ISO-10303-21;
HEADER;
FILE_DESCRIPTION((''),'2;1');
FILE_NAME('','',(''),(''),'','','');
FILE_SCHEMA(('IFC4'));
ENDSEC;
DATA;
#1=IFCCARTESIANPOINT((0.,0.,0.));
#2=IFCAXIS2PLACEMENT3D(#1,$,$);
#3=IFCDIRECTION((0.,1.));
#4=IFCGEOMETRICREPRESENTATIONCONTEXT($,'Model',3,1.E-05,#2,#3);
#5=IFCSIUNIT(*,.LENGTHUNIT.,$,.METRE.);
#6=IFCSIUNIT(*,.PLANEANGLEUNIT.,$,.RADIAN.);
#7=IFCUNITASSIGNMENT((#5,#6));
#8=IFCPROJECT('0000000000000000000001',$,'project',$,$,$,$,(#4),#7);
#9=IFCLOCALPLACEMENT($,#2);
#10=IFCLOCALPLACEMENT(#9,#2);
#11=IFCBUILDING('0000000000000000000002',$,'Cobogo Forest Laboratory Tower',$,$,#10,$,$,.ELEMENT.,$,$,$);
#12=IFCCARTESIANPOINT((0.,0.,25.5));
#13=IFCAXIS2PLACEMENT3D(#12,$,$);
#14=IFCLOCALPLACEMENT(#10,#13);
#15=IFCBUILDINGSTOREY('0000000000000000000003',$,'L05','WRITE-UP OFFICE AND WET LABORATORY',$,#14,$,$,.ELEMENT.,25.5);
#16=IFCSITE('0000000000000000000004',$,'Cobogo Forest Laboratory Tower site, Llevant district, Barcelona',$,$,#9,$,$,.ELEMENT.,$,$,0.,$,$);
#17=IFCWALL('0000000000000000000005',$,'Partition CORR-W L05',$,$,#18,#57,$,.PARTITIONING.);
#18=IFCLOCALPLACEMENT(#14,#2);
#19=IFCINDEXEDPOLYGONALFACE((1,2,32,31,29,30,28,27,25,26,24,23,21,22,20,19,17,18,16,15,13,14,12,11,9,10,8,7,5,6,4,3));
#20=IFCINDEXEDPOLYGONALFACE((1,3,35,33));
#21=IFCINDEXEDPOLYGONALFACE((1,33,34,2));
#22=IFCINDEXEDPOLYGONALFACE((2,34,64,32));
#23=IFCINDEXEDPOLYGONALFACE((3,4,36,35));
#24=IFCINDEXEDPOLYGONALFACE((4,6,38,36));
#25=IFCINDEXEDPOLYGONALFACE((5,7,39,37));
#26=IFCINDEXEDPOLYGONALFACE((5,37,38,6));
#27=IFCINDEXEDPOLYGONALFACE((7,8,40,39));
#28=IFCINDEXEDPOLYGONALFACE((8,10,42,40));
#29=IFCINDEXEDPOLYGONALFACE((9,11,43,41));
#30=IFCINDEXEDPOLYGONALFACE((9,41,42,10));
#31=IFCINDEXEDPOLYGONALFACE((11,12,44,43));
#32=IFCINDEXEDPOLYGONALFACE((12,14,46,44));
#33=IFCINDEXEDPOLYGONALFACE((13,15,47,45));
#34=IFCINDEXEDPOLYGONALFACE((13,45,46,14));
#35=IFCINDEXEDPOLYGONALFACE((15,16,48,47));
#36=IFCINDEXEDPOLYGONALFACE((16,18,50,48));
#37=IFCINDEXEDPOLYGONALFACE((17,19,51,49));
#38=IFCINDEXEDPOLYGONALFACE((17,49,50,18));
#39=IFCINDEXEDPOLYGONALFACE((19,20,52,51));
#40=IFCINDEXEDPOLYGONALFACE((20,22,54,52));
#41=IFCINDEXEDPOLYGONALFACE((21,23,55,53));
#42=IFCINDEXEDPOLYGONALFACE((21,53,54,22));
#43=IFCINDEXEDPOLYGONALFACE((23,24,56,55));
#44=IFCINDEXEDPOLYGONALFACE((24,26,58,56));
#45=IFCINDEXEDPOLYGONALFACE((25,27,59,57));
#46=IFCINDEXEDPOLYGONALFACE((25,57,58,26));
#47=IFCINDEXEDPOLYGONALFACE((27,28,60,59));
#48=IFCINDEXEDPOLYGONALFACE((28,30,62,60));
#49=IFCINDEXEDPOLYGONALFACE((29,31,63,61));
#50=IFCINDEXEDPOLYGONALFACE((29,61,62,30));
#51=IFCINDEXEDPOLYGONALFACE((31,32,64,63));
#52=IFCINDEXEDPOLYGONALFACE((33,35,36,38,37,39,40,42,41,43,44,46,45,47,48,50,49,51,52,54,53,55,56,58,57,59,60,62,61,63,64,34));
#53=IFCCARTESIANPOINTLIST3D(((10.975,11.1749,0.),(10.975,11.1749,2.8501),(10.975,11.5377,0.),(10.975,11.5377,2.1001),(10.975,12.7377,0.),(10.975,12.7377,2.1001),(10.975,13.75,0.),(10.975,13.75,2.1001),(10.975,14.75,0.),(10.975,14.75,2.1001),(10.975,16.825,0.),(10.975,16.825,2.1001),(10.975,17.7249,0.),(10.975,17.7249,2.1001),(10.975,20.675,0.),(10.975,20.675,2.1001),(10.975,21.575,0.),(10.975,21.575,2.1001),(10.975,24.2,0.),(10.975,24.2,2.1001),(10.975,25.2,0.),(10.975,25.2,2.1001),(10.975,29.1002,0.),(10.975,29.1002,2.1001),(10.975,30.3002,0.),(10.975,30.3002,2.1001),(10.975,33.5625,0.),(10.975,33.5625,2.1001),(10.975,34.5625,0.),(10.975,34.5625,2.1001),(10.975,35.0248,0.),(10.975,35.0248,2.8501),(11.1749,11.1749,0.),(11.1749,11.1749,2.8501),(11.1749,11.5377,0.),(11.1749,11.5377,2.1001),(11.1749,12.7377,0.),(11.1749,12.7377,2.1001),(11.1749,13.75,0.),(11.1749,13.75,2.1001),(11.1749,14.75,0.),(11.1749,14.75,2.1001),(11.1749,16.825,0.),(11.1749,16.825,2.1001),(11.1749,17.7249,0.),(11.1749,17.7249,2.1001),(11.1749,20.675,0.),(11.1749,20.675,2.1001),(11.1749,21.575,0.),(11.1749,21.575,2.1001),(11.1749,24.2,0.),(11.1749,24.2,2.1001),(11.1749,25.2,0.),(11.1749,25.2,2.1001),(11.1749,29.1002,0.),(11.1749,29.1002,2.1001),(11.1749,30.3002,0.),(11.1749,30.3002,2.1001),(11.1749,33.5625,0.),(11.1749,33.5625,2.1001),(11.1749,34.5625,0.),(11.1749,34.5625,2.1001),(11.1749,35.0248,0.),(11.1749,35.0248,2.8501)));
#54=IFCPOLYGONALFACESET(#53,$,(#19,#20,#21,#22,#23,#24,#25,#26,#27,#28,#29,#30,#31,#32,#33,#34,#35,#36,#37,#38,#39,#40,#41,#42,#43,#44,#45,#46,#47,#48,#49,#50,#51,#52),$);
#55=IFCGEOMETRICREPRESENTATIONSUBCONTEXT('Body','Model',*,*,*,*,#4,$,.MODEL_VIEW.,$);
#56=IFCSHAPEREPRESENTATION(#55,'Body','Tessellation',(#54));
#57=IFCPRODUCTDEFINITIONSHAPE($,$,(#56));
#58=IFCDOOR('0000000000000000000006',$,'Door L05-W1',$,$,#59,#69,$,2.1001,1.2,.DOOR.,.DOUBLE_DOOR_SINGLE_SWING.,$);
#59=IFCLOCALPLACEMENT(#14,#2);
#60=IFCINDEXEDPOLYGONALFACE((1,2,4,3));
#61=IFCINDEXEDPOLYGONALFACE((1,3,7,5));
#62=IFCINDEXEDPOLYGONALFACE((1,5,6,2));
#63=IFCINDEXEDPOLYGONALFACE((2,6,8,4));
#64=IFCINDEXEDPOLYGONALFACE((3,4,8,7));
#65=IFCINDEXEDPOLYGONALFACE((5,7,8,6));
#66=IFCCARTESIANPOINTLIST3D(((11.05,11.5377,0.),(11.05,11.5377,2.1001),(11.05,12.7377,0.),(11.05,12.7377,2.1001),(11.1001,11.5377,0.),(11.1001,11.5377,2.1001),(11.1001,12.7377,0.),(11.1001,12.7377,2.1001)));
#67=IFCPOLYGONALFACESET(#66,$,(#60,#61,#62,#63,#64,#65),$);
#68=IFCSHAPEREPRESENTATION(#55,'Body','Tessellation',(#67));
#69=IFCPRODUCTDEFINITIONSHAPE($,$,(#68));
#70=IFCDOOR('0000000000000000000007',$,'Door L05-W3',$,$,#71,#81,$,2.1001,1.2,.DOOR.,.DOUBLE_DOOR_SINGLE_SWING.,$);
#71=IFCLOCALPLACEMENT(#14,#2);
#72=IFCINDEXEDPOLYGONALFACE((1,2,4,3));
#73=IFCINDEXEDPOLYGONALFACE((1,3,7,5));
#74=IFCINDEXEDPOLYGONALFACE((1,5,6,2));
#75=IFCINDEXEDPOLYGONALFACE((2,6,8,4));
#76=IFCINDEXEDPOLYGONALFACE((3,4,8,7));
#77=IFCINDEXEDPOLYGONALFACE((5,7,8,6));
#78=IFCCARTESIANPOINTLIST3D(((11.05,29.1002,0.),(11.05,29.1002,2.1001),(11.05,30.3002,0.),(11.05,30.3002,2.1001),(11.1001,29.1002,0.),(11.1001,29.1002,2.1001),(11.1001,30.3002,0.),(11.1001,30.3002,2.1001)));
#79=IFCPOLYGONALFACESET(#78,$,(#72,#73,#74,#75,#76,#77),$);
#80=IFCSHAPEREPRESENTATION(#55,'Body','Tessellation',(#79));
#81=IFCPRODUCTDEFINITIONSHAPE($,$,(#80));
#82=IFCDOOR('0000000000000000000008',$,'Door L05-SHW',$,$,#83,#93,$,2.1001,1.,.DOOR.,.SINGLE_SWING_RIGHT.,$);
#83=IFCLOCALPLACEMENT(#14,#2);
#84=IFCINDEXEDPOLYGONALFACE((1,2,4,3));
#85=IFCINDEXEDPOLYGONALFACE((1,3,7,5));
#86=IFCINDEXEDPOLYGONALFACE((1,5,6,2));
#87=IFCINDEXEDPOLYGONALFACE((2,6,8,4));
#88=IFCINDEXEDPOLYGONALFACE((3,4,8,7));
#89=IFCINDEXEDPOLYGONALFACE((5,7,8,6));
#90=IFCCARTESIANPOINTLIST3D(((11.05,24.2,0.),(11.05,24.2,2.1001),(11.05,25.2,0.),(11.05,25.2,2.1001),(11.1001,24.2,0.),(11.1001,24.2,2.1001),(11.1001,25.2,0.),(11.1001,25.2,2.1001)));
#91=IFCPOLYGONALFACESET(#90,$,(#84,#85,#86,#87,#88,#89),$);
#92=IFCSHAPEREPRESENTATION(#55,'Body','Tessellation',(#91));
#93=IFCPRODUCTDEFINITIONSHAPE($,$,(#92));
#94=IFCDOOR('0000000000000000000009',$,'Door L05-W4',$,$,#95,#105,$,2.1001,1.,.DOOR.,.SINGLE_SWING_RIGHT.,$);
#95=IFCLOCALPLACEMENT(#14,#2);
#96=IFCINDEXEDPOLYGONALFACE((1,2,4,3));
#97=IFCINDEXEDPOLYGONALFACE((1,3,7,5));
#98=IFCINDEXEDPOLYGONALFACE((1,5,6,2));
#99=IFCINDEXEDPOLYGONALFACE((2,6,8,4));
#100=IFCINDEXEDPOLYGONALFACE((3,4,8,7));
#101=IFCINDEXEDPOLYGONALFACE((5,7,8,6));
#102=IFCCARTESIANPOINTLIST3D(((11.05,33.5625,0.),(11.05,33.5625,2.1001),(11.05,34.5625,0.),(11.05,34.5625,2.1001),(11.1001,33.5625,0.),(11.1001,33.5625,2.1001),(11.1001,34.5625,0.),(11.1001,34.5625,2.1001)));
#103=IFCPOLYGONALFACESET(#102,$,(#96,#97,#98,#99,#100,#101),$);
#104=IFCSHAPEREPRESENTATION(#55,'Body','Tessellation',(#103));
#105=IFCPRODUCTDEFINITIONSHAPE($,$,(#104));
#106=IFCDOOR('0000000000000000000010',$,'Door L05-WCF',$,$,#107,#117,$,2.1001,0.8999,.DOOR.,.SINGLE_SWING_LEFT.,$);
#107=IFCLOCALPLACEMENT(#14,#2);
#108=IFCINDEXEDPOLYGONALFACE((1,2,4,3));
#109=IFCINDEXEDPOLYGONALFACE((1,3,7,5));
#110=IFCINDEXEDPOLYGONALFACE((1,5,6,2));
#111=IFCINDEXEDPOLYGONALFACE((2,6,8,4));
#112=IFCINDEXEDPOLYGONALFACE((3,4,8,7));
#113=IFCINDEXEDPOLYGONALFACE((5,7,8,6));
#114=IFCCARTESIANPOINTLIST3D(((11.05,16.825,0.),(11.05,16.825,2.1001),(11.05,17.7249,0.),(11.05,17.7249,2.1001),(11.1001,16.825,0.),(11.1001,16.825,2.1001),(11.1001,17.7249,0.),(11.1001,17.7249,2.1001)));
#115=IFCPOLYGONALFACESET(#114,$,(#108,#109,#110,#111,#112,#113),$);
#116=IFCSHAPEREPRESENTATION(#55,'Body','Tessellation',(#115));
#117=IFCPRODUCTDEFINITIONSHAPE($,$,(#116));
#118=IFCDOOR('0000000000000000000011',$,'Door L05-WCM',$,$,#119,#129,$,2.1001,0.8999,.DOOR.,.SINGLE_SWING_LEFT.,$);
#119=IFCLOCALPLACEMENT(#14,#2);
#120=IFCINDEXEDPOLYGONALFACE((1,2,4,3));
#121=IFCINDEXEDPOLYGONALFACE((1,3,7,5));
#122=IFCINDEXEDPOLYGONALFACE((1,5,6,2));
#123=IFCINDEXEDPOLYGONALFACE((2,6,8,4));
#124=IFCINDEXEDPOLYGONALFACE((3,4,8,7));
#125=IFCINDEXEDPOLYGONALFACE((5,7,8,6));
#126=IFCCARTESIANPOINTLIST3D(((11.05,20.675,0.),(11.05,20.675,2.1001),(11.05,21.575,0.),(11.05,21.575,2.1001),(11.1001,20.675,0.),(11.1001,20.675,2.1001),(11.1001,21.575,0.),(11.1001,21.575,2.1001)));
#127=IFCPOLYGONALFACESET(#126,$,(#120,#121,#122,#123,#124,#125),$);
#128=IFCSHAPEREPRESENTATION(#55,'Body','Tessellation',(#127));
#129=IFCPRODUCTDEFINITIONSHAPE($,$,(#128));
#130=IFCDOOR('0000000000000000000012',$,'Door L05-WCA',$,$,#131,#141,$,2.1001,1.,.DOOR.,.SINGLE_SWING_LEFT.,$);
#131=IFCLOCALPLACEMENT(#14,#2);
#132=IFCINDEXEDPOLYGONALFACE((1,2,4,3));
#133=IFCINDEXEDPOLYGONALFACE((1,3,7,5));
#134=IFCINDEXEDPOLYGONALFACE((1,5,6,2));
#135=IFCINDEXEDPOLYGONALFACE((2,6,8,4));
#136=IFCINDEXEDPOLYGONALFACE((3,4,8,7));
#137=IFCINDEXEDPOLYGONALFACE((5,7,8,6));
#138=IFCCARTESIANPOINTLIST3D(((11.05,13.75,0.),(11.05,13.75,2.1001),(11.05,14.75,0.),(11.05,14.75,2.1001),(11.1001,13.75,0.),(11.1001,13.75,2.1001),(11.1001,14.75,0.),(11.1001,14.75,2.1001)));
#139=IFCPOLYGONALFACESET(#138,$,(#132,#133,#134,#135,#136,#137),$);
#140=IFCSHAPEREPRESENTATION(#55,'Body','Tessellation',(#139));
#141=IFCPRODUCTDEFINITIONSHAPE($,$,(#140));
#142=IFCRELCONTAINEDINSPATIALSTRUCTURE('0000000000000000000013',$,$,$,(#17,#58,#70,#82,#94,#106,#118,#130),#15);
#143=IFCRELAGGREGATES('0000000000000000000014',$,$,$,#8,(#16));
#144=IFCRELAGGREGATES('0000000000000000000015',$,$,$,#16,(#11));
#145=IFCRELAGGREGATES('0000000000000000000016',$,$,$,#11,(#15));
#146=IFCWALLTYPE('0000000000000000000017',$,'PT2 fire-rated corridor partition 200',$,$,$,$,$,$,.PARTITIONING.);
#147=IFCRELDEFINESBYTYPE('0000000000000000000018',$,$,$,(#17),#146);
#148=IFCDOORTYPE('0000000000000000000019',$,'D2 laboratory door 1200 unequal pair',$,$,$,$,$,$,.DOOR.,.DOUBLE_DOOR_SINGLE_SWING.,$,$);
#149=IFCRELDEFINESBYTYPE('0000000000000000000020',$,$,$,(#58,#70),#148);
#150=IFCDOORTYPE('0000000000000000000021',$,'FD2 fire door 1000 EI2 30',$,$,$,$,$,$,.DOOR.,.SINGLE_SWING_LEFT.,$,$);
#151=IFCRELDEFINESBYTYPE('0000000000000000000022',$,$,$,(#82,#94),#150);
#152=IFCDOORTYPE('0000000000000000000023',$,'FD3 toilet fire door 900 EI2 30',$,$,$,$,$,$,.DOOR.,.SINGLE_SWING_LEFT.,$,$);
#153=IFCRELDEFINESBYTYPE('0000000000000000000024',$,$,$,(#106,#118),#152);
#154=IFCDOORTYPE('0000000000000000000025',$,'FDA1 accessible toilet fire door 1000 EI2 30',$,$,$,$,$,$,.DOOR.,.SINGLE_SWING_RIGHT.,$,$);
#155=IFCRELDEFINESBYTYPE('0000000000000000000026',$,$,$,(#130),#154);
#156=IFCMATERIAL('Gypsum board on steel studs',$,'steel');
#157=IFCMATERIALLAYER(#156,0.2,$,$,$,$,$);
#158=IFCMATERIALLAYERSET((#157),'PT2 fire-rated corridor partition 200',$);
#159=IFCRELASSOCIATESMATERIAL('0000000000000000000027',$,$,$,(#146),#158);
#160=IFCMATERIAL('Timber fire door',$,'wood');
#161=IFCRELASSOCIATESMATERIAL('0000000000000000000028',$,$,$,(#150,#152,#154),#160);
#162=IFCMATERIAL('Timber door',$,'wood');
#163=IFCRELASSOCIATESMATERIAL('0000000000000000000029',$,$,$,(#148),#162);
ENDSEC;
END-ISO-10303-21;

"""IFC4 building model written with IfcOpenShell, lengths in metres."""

from ifc_helpers import new_model, si_unit, direction, frame, frame_2d, origin, place, context, subcontext, project, spatial, rectangle, extrude, material, layer, layer_set, type_object, element, fill, save


model = new_model("IFC4")

# Units and contexts
model_context = context("Model", 3, precision=1e-05, world=origin(), true_north=direction((0.0, 1.0)))
body_context = subcontext(model_context, "Body", "Model", "MODEL_VIEW")
ifc_project = project(units=[si_unit("LENGTHUNIT", "METRE"), si_unit("PLANEANGLEUNIT", "RADIAN")], contexts=[model_context])

# Site, building, storey
site_placement = place(None, origin())
site = spatial("IfcSite", under=ifc_project, at=site_placement, Name="Cobogo Forest Laboratory Tower site, Llevant district, Barcelona", CompositionType="ELEMENT", RefElevation=0.0)
building_placement = place(site_placement, origin())
building = spatial("IfcBuilding", under=site, at=building_placement, Name="Cobogo Forest Laboratory Tower", CompositionType="ELEMENT")
storey_placement = place(building_placement, frame((0.0, 0.0, 25.5)))
storey = spatial("IfcBuildingStorey", under=building, at=storey_placement, Name="L05", Description="WRITE-UP OFFICE AND WET LABORATORY", CompositionType="ELEMENT", Elevation=25.5)

# Shared definitions
ifc_material_1 = material(Name="Gypsum board on steel studs", Category="steel")

# Wall, openings, doors
ifc_layer_1 = layer(ifc_material_1, 0.2)
ifc_layer_set_1 = layer_set([ifc_layer_1], Name="PT2 fire-rated corridor partition 200")
wall_type_1 = type_object("IfcWallType", Name="PT2 fire-rated corridor partition 200", PredefinedType="PARTITIONING", material=ifc_layer_set_1)
ifc_material_2 = material(Name="Timber fire door", Category="wood")
door_type_1 = type_object("IfcDoorType", Name="FD2 fire door 1000 EI2 30", OperationType="SINGLE_SWING_LEFT", PredefinedType="DOOR", material=ifc_material_2)
wall_1_placement = place(storey_placement, frame((11.075, 11.175, 0.0), z_axis=(0.0, 0.0, 1.0), x_axis=(0.0, 1.0, 0.0)))
wall_1 = element("IfcWall", 1, at=wall_1_placement, inside=storey, type_object=wall_type_1, Name="Partition CORR-W L05", PredefinedType="PARTITIONING", context=body_context, shape_type="SweptSolid", body=[
    extrude(rectangle(XDim=23.8499, YDim=0.2, at=frame_2d((11.9248, 0.0))), origin(), (0.0, 0.0, 1.0), 2.8501),
])
opening_1_placement = place(wall_1_placement, frame((0.3625, 0.0, 0.0)))
opening_1 = element("IfcOpeningElement", 2, at=opening_1_placement, cuts=wall_1, PredefinedType="OPENING", context=body_context, shape_type="SweptSolid", body=[
    extrude(rectangle(XDim=1.2, YDim=2.1001, at=frame_2d((0.6001, 1.05))), frame((0.0, 0.1099, 0.0), z_axis=(0.0, -1.0, 0.0), x_axis=(1.0, 0.0, 0.0)), (0.0, 0.0, 1.0), 0.22),
])
opening_2_placement = place(wall_1_placement, frame((2.575, 0.0, 0.0)))
opening_2 = element("IfcOpeningElement", 3, at=opening_2_placement, cuts=wall_1, PredefinedType="OPENING", context=body_context, shape_type="SweptSolid", body=[
    extrude(rectangle(XDim=1.0, YDim=2.1001, at=frame_2d((0.5, 1.05))), frame((0.0, 0.1099, 0.0), z_axis=(0.0, -1.0, 0.0), x_axis=(1.0, 0.0, 0.0)), (0.0, 0.0, 1.0), 0.22),
])
opening_3_placement = place(wall_1_placement, frame((5.6499, 0.0, 0.0)))
opening_3 = element("IfcOpeningElement", 4, at=opening_3_placement, cuts=wall_1, PredefinedType="OPENING", context=body_context, shape_type="SweptSolid", body=[
    extrude(rectangle(XDim=0.8999, YDim=2.1001, at=frame_2d((0.45, 1.05))), frame((0.0, 0.1099, 0.0), z_axis=(0.0, -1.0, 0.0), x_axis=(1.0, 0.0, 0.0)), (0.0, 0.0, 1.0), 0.22),
])
opening_4_placement = place(wall_1_placement, frame((9.5, 0.0, 0.0)))
opening_4 = element("IfcOpeningElement", 5, at=opening_4_placement, cuts=wall_1, PredefinedType="OPENING", context=body_context, shape_type="SweptSolid", body=[
    extrude(rectangle(XDim=0.8999, YDim=2.1001, at=frame_2d((0.45, 1.05))), frame((0.0, 0.1099, 0.0), z_axis=(0.0, -1.0, 0.0), x_axis=(1.0, 0.0, 0.0)), (0.0, 0.0, 1.0), 0.22),
])
opening_5_placement = place(wall_1_placement, frame((13.0249, 0.0, 0.0)))
opening_5 = element("IfcOpeningElement", 6, at=opening_5_placement, cuts=wall_1, PredefinedType="OPENING", context=body_context, shape_type="SweptSolid", body=[
    extrude(rectangle(XDim=1.0, YDim=2.1001, at=frame_2d((0.5, 1.05))), frame((0.0, 0.1099, 0.0), z_axis=(0.0, -1.0, 0.0), x_axis=(1.0, 0.0, 0.0)), (0.0, 0.0, 1.0), 0.22),
])
opening_6_placement = place(wall_1_placement, frame((17.925, 0.0, 0.0)))
opening_6 = element("IfcOpeningElement", 7, at=opening_6_placement, cuts=wall_1, PredefinedType="OPENING", context=body_context, shape_type="SweptSolid", body=[
    extrude(rectangle(XDim=1.2, YDim=2.1001, at=frame_2d((0.6001, 1.05))), frame((0.0, 0.1099, 0.0), z_axis=(0.0, -1.0, 0.0), x_axis=(1.0, 0.0, 0.0)), (0.0, 0.0, 1.0), 0.22),
])
opening_7_placement = place(wall_1_placement, frame((22.3875, 0.0, 0.0)))
opening_7 = element("IfcOpeningElement", 8, at=opening_7_placement, cuts=wall_1, PredefinedType="OPENING", context=body_context, shape_type="SweptSolid", body=[
    extrude(rectangle(XDim=1.0, YDim=2.1001, at=frame_2d((0.5, 1.05))), frame((0.0, 0.1099, 0.0), z_axis=(0.0, -1.0, 0.0), x_axis=(1.0, 0.0, 0.0)), (0.0, 0.0, 1.0), 0.22),
])
ifc_material_3 = material(Name="Timber door", Category="wood")
door_type_2 = type_object("IfcDoorType", Name="D2 laboratory door 1200 unequal pair", OperationType="DOUBLE_DOOR_SINGLE_SWING", PredefinedType="DOOR", material=ifc_material_3)
door_1_placement = place(opening_1_placement, origin())
door_1 = element("IfcDoor", 9, at=door_1_placement, inside=storey, type_object=door_type_2, Name="Door L05-W1", OperationType="DOUBLE_DOOR_SINGLE_SWING", OverallHeight=2.1001, OverallWidth=1.2, PredefinedType="DOOR", context=body_context, shape_type="SweptSolid", body=[
    extrude(rectangle(XDim=1.2, YDim=2.1001, at=frame_2d((0.6001, 1.05))), frame((0.0, 0.0249, 0.0), z_axis=(0.0, -1.0, 0.0), x_axis=(1.0, 0.0, 0.0)), (0.0, 0.0, 1.0), 0.05),
])
fill(opening_1, door_1)
door_2_placement = place(opening_6_placement, origin())
door_2 = element("IfcDoor", 10, at=door_2_placement, inside=storey, type_object=door_type_2, Name="Door L05-W3", OperationType="DOUBLE_DOOR_SINGLE_SWING", OverallHeight=2.1001, OverallWidth=1.2, PredefinedType="DOOR", context=body_context, shape_type="SweptSolid", body=[
    extrude(rectangle(XDim=1.2, YDim=2.1001, at=frame_2d((0.6001, 1.05))), frame((0.0, 0.0249, 0.0), z_axis=(0.0, -1.0, 0.0), x_axis=(1.0, 0.0, 0.0)), (0.0, 0.0, 1.0), 0.05),
])
fill(opening_6, door_2)
door_3_placement = place(opening_5_placement, origin())
door_3 = element("IfcDoor", 11, at=door_3_placement, inside=storey, type_object=door_type_1, Name="Door L05-SHW", OperationType="SINGLE_SWING_RIGHT", OverallHeight=2.1001, OverallWidth=1.0, PredefinedType="DOOR", context=body_context, shape_type="SweptSolid", body=[
    extrude(rectangle(XDim=1.0, YDim=2.1001, at=frame_2d((0.5, 1.05))), frame((0.0, 0.0249, 0.0), z_axis=(0.0, -1.0, 0.0), x_axis=(1.0, 0.0, 0.0)), (0.0, 0.0, 1.0), 0.05),
])
fill(opening_5, door_3)
door_4_placement = place(opening_7_placement, origin())
door_4 = element("IfcDoor", 12, at=door_4_placement, inside=storey, type_object=door_type_1, Name="Door L05-W4", OperationType="SINGLE_SWING_RIGHT", OverallHeight=2.1001, OverallWidth=1.0, PredefinedType="DOOR", context=body_context, shape_type="SweptSolid", body=[
    extrude(rectangle(XDim=1.0, YDim=2.1001, at=frame_2d((0.5, 1.05))), frame((0.0, 0.0249, 0.0), z_axis=(0.0, -1.0, 0.0), x_axis=(1.0, 0.0, 0.0)), (0.0, 0.0, 1.0), 0.05),
])
fill(opening_7, door_4)
door_type_3 = type_object("IfcDoorType", Name="FD3 toilet fire door 900 EI2 30", OperationType="SINGLE_SWING_LEFT", PredefinedType="DOOR", material=ifc_material_2)
door_5_placement = place(opening_3_placement, origin())
door_5 = element("IfcDoor", 13, at=door_5_placement, inside=storey, type_object=door_type_3, Name="Door L05-WCF", OperationType="SINGLE_SWING_LEFT", OverallHeight=2.1001, OverallWidth=0.8999, PredefinedType="DOOR", context=body_context, shape_type="SweptSolid", body=[
    extrude(rectangle(XDim=0.8999, YDim=2.1001, at=frame_2d((0.45, 1.05))), frame((0.0, 0.0249, 0.0), z_axis=(0.0, -1.0, 0.0), x_axis=(1.0, 0.0, 0.0)), (0.0, 0.0, 1.0), 0.05),
])
fill(opening_3, door_5)
door_6_placement = place(opening_4_placement, origin())
door_6 = element("IfcDoor", 14, at=door_6_placement, inside=storey, type_object=door_type_3, Name="Door L05-WCM", OperationType="SINGLE_SWING_LEFT", OverallHeight=2.1001, OverallWidth=0.8999, PredefinedType="DOOR", context=body_context, shape_type="SweptSolid", body=[
    extrude(rectangle(XDim=0.8999, YDim=2.1001, at=frame_2d((0.45, 1.05))), frame((0.0, 0.0249, 0.0), z_axis=(0.0, -1.0, 0.0), x_axis=(1.0, 0.0, 0.0)), (0.0, 0.0, 1.0), 0.05),
])
fill(opening_4, door_6)
door_type_4 = type_object("IfcDoorType", Name="FDA1 accessible toilet fire door 1000 EI2 30", OperationType="SINGLE_SWING_RIGHT", PredefinedType="DOOR", material=ifc_material_2)
door_7_placement = place(opening_2_placement, origin())
door_7 = element("IfcDoor", 15, at=door_7_placement, inside=storey, type_object=door_type_4, Name="Door L05-WCA", OperationType="SINGLE_SWING_LEFT", OverallHeight=2.1001, OverallWidth=1.0, PredefinedType="DOOR", context=body_context, shape_type="SweptSolid", body=[
    extrude(rectangle(XDim=1.0, YDim=2.1001, at=frame_2d((0.5, 1.05))), frame((0.0, 0.0249, 0.0), z_axis=(0.0, -1.0, 0.0), x_axis=(1.0, 0.0, 0.0)), (0.0, 0.0, 1.0), 0.05),
])
fill(opening_2, door_7)

save(model, "model.ifc")
